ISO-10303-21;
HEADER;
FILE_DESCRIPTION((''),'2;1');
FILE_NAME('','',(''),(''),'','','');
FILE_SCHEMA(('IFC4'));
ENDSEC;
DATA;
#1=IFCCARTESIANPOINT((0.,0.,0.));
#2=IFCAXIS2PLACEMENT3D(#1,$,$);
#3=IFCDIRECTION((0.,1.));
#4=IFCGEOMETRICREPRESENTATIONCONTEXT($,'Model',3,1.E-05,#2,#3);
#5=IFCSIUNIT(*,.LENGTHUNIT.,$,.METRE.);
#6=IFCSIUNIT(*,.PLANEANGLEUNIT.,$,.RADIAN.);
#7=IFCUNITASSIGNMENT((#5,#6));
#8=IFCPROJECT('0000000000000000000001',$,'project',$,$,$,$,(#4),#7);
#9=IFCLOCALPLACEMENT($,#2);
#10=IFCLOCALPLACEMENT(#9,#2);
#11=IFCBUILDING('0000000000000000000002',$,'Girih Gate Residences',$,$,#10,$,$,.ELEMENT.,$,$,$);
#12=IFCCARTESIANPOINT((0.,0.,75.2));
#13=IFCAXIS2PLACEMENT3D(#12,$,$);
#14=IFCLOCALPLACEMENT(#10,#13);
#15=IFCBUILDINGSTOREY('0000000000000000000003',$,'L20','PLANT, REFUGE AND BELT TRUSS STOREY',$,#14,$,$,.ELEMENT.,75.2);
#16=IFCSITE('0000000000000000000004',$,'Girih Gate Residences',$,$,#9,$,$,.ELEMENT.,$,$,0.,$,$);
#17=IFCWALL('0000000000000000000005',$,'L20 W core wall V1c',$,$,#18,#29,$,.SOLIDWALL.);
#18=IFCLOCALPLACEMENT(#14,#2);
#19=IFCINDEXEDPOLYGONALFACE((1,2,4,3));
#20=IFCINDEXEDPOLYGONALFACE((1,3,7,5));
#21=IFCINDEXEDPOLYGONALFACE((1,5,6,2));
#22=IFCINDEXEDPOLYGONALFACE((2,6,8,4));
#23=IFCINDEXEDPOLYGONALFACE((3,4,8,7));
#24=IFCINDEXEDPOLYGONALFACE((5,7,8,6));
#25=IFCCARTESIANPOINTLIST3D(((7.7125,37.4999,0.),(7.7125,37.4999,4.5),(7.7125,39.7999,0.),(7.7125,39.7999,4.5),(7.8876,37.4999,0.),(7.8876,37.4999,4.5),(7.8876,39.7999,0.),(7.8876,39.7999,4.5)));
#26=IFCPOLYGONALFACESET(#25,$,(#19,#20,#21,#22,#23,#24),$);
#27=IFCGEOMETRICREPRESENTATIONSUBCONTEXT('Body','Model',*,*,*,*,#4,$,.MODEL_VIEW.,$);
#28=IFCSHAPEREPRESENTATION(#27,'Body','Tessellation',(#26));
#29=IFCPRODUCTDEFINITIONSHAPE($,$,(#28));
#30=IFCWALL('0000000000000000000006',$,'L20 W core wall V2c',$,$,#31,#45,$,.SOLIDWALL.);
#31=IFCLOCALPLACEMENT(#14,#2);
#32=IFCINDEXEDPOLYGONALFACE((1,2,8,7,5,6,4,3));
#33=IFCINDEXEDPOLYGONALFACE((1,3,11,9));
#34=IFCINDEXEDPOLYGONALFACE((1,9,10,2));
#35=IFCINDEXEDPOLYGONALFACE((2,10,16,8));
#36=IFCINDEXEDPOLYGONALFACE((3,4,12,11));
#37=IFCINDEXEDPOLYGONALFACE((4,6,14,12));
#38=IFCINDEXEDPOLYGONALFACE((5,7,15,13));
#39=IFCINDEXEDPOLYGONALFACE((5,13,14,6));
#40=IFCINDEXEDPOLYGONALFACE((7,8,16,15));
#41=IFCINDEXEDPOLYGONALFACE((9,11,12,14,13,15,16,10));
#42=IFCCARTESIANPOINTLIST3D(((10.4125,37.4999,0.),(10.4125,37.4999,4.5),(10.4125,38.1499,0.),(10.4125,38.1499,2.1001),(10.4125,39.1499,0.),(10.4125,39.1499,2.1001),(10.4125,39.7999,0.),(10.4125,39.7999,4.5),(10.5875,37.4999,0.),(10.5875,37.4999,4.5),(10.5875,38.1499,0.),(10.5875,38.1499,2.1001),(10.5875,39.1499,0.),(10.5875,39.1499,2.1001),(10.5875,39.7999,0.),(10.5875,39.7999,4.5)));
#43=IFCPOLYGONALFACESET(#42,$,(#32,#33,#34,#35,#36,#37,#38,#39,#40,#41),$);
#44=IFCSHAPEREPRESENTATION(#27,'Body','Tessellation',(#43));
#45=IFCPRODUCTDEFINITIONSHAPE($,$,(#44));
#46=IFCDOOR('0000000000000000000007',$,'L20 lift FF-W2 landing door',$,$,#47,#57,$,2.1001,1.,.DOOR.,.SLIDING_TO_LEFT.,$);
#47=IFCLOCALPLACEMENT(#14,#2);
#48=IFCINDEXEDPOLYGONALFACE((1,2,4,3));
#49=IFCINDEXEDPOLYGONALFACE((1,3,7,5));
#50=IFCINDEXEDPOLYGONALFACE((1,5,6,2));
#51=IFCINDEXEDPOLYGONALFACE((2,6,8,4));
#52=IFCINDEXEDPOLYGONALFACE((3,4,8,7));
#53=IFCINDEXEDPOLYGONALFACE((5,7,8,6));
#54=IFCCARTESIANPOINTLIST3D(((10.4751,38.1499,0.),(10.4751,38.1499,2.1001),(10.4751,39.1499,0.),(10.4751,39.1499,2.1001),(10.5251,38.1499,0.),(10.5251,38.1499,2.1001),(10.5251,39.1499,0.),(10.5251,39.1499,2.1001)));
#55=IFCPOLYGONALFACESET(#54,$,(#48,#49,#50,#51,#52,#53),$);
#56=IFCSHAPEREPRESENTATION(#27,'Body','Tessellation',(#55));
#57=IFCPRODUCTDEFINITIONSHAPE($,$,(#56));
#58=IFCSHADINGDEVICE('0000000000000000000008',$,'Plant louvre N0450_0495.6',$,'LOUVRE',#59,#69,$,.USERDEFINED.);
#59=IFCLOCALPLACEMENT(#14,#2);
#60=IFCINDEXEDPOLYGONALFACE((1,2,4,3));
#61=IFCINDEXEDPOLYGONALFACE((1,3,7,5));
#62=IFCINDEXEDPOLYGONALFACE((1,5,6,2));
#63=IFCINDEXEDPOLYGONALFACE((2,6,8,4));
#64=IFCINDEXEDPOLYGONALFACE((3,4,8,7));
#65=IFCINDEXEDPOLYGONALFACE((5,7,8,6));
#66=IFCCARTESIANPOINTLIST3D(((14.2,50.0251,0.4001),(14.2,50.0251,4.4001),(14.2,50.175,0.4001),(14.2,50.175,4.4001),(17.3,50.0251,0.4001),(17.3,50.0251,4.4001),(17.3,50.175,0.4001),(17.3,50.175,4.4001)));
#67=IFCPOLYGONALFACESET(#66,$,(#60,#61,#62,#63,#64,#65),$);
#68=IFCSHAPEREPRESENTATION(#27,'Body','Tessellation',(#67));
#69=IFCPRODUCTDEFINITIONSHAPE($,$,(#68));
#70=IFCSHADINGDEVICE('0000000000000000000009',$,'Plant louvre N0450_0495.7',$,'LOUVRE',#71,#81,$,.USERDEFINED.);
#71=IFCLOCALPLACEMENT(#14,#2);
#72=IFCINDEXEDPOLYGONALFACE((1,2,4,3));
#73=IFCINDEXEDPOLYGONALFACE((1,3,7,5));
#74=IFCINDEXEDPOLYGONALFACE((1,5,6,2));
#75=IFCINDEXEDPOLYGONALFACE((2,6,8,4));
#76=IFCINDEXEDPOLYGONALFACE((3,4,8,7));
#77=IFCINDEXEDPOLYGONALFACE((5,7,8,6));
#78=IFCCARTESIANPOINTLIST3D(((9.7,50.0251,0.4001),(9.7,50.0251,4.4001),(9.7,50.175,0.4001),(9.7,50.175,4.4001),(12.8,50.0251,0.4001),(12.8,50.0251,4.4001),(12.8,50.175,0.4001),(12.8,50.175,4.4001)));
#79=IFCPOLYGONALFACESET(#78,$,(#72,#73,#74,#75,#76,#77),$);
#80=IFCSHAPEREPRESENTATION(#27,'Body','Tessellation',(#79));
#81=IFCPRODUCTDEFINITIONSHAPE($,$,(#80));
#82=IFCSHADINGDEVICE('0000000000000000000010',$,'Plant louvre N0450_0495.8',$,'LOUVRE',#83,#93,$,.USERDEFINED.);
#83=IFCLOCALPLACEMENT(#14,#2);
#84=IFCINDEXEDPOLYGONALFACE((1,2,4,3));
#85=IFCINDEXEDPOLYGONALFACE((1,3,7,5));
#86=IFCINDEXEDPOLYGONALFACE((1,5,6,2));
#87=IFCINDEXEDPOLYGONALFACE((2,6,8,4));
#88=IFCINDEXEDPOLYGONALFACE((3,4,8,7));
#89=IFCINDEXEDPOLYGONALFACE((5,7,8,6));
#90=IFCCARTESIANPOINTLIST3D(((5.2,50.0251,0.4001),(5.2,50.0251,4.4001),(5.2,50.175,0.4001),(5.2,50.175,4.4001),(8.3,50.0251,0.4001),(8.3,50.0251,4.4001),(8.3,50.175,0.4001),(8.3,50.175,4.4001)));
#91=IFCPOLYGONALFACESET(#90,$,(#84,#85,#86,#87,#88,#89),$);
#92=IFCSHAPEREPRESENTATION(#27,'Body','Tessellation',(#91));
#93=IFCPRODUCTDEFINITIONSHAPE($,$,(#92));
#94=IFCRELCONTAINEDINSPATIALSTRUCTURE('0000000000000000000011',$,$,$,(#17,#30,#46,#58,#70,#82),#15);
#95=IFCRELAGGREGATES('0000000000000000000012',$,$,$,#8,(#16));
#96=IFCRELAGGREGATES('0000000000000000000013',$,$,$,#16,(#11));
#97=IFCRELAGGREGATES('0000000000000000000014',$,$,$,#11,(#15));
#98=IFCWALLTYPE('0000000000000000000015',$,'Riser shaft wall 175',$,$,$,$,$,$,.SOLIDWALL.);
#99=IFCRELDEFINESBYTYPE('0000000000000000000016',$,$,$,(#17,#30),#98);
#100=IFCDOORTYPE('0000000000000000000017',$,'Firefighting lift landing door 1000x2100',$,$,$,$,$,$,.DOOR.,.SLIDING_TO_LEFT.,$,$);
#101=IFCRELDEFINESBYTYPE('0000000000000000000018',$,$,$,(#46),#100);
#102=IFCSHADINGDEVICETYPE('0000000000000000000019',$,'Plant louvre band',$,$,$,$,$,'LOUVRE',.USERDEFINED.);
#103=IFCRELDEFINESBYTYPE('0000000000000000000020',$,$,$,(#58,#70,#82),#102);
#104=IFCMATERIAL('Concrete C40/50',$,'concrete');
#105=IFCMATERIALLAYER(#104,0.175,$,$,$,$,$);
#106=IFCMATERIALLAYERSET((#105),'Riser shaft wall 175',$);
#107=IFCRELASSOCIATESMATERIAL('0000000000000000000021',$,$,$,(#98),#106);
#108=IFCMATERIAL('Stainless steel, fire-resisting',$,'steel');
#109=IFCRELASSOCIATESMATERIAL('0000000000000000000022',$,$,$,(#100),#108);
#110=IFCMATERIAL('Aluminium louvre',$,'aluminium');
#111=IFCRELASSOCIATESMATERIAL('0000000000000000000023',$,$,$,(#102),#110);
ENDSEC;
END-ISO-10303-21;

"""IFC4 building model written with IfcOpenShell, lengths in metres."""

from ifc_helpers import new_model, si_unit, direction, frame, frame_2d, origin, origin_2d, place, context, subcontext, project, spatial, rectangle, extrude, material, layer, layer_set, type_object, element, fill, save


model = new_model("IFC4")

# Units and contexts
model_context = context("Model", 3, precision=1e-05, world=origin(), true_north=direction((0.0, 1.0)))
body_context = subcontext(model_context, "Body", "Model", "MODEL_VIEW")
ifc_project = project(units=[si_unit("LENGTHUNIT", "METRE"), si_unit("PLANEANGLEUNIT", "RADIAN")], contexts=[model_context])

# Site, building, storey
site_placement = place(None, origin())
site = spatial("IfcSite", under=ifc_project, at=site_placement, Name="Girih Gate Residences", CompositionType="ELEMENT", RefElevation=0.0)
building_placement = place(site_placement, origin())
building = spatial("IfcBuilding", under=site, at=building_placement, Name="Girih Gate Residences", CompositionType="ELEMENT")
storey_placement = place(building_placement, frame((0.0, 0.0, 75.2)))
storey = spatial("IfcBuildingStorey", under=building, at=storey_placement, Name="L20", Description="PLANT, REFUGE AND BELT TRUSS STOREY", CompositionType="ELEMENT", Elevation=75.2)

# Wall
ifc_material_1 = material(Name="Concrete C40/50", Category="concrete")
ifc_layer_1 = layer(ifc_material_1, 0.175)
ifc_layer_set_1 = layer_set([ifc_layer_1], Name="Riser shaft wall 175")
wall_type_1 = type_object("IfcWallType", Name="Riser shaft wall 175", PredefinedType="SOLIDWALL", material=ifc_layer_set_1)
wall_1_placement = place(storey_placement, frame((7.8, 37.5, 0.0), z_axis=(0.0, 0.0, 1.0), x_axis=(0.0, 1.0, 0.0)))
element("IfcWall", 1, at=wall_1_placement, inside=storey, type_object=wall_type_1, Name="L20 W core wall V1c", PredefinedType="SOLIDWALL", context=body_context, shape_type="SweptSolid", body=[
    extrude(rectangle(XDim=2.3, YDim=0.175, at=frame_2d((1.1499, 0.0))), origin(), (0.0, 0.0, 1.0), 4.5),
])

# Wall, opening, door
wall_2_placement = place(storey_placement, frame((10.5, 37.5, 0.0), z_axis=(0.0, 0.0, 1.0), x_axis=(0.0, 1.0, 0.0)))
wall_2 = element("IfcWall", 2, at=wall_2_placement, inside=storey, type_object=wall_type_1, Name="L20 W core wall V2c", PredefinedType="SOLIDWALL", context=body_context, shape_type="SweptSolid", body=[
    extrude(rectangle(XDim=2.3, YDim=0.175, at=frame_2d((1.1499, 0.0))), origin(), (0.0, 0.0, 1.0), 4.5),
])
opening_1_placement = place(wall_2_placement, frame((0.6499, 0.0, 0.0)))
opening_1 = element("IfcOpeningElement", 3, at=opening_1_placement, cuts=wall_2, PredefinedType="OPENING", context=body_context, shape_type="SweptSolid", body=[
    extrude(rectangle(XDim=1.0, YDim=2.1001, at=frame_2d((0.5, 1.05))), frame((0.0, 0.0974, 0.0), z_axis=(0.0, -1.0, 0.0), x_axis=(1.0, 0.0, 0.0)), (0.0, 0.0, 1.0), 0.1951),
])
ifc_material_2 = material(Name="Stainless steel, fire-resisting", Category="steel")
door_type_1 = type_object("IfcDoorType", Name="Firefighting lift landing door 1000x2100", OperationType="SLIDING_TO_LEFT", PredefinedType="DOOR", material=ifc_material_2)
door_1_placement = place(opening_1_placement, origin())
door_1 = element("IfcDoor", 4, at=door_1_placement, inside=storey, type_object=door_type_1, Name="L20 lift FF-W2 landing door", OperationType="SLIDING_TO_LEFT", OverallHeight=2.1001, OverallWidth=1.0, PredefinedType="DOOR", context=body_context, shape_type="SweptSolid", body=[
    extrude(rectangle(XDim=1.0, YDim=2.1001, at=frame_2d((0.5, 1.05))), frame((0.0, 0.0249, 0.0), z_axis=(0.0, -1.0, 0.0), x_axis=(1.0, 0.0, 0.0)), (0.0, 0.0, 1.0), 0.05),
])
fill(opening_1, door_1)

# Shading devices
ifc_material_3 = material(Name="Aluminium louvre", Category="aluminium")
shading_device_type = type_object("IfcShadingDeviceType", Name="Plant louvre band", ElementType="LOUVRE", PredefinedType="USERDEFINED", material=ifc_material_3)
for number, where, z_axis, x_axis, name in (
    (5, (15.75, 50.1001, 0.4001), (0.0, 0.0, 1.0), (-1.0, 0.0, 0.0), "Plant louvre N0450_0495.6"),
    (6, (11.25, 50.1001, 0.4001), (0.0, 0.0, 1.0), (-1.0, 0.0, 0.0), "Plant louvre N0450_0495.7"),
    (7, (6.75, 50.1001, 0.4001), (0.0, 0.0, 1.0), (-1.0, 0.0, 0.0), "Plant louvre N0450_0495.8"),
):
    element("IfcShadingDevice", number, at=place(storey_placement, frame(where, z_axis=z_axis, x_axis=x_axis)), inside=storey, type_object=shading_device_type, Name=name, ObjectType="LOUVRE", PredefinedType="USERDEFINED", context=body_context, shape_type="SweptSolid", body=[
        extrude(rectangle(XDim=3.1001, YDim=0.1499, at=origin_2d()), origin(), (0.0, 0.0, 1.0), 4.0),
    ])

save(model, "model.ifc")
